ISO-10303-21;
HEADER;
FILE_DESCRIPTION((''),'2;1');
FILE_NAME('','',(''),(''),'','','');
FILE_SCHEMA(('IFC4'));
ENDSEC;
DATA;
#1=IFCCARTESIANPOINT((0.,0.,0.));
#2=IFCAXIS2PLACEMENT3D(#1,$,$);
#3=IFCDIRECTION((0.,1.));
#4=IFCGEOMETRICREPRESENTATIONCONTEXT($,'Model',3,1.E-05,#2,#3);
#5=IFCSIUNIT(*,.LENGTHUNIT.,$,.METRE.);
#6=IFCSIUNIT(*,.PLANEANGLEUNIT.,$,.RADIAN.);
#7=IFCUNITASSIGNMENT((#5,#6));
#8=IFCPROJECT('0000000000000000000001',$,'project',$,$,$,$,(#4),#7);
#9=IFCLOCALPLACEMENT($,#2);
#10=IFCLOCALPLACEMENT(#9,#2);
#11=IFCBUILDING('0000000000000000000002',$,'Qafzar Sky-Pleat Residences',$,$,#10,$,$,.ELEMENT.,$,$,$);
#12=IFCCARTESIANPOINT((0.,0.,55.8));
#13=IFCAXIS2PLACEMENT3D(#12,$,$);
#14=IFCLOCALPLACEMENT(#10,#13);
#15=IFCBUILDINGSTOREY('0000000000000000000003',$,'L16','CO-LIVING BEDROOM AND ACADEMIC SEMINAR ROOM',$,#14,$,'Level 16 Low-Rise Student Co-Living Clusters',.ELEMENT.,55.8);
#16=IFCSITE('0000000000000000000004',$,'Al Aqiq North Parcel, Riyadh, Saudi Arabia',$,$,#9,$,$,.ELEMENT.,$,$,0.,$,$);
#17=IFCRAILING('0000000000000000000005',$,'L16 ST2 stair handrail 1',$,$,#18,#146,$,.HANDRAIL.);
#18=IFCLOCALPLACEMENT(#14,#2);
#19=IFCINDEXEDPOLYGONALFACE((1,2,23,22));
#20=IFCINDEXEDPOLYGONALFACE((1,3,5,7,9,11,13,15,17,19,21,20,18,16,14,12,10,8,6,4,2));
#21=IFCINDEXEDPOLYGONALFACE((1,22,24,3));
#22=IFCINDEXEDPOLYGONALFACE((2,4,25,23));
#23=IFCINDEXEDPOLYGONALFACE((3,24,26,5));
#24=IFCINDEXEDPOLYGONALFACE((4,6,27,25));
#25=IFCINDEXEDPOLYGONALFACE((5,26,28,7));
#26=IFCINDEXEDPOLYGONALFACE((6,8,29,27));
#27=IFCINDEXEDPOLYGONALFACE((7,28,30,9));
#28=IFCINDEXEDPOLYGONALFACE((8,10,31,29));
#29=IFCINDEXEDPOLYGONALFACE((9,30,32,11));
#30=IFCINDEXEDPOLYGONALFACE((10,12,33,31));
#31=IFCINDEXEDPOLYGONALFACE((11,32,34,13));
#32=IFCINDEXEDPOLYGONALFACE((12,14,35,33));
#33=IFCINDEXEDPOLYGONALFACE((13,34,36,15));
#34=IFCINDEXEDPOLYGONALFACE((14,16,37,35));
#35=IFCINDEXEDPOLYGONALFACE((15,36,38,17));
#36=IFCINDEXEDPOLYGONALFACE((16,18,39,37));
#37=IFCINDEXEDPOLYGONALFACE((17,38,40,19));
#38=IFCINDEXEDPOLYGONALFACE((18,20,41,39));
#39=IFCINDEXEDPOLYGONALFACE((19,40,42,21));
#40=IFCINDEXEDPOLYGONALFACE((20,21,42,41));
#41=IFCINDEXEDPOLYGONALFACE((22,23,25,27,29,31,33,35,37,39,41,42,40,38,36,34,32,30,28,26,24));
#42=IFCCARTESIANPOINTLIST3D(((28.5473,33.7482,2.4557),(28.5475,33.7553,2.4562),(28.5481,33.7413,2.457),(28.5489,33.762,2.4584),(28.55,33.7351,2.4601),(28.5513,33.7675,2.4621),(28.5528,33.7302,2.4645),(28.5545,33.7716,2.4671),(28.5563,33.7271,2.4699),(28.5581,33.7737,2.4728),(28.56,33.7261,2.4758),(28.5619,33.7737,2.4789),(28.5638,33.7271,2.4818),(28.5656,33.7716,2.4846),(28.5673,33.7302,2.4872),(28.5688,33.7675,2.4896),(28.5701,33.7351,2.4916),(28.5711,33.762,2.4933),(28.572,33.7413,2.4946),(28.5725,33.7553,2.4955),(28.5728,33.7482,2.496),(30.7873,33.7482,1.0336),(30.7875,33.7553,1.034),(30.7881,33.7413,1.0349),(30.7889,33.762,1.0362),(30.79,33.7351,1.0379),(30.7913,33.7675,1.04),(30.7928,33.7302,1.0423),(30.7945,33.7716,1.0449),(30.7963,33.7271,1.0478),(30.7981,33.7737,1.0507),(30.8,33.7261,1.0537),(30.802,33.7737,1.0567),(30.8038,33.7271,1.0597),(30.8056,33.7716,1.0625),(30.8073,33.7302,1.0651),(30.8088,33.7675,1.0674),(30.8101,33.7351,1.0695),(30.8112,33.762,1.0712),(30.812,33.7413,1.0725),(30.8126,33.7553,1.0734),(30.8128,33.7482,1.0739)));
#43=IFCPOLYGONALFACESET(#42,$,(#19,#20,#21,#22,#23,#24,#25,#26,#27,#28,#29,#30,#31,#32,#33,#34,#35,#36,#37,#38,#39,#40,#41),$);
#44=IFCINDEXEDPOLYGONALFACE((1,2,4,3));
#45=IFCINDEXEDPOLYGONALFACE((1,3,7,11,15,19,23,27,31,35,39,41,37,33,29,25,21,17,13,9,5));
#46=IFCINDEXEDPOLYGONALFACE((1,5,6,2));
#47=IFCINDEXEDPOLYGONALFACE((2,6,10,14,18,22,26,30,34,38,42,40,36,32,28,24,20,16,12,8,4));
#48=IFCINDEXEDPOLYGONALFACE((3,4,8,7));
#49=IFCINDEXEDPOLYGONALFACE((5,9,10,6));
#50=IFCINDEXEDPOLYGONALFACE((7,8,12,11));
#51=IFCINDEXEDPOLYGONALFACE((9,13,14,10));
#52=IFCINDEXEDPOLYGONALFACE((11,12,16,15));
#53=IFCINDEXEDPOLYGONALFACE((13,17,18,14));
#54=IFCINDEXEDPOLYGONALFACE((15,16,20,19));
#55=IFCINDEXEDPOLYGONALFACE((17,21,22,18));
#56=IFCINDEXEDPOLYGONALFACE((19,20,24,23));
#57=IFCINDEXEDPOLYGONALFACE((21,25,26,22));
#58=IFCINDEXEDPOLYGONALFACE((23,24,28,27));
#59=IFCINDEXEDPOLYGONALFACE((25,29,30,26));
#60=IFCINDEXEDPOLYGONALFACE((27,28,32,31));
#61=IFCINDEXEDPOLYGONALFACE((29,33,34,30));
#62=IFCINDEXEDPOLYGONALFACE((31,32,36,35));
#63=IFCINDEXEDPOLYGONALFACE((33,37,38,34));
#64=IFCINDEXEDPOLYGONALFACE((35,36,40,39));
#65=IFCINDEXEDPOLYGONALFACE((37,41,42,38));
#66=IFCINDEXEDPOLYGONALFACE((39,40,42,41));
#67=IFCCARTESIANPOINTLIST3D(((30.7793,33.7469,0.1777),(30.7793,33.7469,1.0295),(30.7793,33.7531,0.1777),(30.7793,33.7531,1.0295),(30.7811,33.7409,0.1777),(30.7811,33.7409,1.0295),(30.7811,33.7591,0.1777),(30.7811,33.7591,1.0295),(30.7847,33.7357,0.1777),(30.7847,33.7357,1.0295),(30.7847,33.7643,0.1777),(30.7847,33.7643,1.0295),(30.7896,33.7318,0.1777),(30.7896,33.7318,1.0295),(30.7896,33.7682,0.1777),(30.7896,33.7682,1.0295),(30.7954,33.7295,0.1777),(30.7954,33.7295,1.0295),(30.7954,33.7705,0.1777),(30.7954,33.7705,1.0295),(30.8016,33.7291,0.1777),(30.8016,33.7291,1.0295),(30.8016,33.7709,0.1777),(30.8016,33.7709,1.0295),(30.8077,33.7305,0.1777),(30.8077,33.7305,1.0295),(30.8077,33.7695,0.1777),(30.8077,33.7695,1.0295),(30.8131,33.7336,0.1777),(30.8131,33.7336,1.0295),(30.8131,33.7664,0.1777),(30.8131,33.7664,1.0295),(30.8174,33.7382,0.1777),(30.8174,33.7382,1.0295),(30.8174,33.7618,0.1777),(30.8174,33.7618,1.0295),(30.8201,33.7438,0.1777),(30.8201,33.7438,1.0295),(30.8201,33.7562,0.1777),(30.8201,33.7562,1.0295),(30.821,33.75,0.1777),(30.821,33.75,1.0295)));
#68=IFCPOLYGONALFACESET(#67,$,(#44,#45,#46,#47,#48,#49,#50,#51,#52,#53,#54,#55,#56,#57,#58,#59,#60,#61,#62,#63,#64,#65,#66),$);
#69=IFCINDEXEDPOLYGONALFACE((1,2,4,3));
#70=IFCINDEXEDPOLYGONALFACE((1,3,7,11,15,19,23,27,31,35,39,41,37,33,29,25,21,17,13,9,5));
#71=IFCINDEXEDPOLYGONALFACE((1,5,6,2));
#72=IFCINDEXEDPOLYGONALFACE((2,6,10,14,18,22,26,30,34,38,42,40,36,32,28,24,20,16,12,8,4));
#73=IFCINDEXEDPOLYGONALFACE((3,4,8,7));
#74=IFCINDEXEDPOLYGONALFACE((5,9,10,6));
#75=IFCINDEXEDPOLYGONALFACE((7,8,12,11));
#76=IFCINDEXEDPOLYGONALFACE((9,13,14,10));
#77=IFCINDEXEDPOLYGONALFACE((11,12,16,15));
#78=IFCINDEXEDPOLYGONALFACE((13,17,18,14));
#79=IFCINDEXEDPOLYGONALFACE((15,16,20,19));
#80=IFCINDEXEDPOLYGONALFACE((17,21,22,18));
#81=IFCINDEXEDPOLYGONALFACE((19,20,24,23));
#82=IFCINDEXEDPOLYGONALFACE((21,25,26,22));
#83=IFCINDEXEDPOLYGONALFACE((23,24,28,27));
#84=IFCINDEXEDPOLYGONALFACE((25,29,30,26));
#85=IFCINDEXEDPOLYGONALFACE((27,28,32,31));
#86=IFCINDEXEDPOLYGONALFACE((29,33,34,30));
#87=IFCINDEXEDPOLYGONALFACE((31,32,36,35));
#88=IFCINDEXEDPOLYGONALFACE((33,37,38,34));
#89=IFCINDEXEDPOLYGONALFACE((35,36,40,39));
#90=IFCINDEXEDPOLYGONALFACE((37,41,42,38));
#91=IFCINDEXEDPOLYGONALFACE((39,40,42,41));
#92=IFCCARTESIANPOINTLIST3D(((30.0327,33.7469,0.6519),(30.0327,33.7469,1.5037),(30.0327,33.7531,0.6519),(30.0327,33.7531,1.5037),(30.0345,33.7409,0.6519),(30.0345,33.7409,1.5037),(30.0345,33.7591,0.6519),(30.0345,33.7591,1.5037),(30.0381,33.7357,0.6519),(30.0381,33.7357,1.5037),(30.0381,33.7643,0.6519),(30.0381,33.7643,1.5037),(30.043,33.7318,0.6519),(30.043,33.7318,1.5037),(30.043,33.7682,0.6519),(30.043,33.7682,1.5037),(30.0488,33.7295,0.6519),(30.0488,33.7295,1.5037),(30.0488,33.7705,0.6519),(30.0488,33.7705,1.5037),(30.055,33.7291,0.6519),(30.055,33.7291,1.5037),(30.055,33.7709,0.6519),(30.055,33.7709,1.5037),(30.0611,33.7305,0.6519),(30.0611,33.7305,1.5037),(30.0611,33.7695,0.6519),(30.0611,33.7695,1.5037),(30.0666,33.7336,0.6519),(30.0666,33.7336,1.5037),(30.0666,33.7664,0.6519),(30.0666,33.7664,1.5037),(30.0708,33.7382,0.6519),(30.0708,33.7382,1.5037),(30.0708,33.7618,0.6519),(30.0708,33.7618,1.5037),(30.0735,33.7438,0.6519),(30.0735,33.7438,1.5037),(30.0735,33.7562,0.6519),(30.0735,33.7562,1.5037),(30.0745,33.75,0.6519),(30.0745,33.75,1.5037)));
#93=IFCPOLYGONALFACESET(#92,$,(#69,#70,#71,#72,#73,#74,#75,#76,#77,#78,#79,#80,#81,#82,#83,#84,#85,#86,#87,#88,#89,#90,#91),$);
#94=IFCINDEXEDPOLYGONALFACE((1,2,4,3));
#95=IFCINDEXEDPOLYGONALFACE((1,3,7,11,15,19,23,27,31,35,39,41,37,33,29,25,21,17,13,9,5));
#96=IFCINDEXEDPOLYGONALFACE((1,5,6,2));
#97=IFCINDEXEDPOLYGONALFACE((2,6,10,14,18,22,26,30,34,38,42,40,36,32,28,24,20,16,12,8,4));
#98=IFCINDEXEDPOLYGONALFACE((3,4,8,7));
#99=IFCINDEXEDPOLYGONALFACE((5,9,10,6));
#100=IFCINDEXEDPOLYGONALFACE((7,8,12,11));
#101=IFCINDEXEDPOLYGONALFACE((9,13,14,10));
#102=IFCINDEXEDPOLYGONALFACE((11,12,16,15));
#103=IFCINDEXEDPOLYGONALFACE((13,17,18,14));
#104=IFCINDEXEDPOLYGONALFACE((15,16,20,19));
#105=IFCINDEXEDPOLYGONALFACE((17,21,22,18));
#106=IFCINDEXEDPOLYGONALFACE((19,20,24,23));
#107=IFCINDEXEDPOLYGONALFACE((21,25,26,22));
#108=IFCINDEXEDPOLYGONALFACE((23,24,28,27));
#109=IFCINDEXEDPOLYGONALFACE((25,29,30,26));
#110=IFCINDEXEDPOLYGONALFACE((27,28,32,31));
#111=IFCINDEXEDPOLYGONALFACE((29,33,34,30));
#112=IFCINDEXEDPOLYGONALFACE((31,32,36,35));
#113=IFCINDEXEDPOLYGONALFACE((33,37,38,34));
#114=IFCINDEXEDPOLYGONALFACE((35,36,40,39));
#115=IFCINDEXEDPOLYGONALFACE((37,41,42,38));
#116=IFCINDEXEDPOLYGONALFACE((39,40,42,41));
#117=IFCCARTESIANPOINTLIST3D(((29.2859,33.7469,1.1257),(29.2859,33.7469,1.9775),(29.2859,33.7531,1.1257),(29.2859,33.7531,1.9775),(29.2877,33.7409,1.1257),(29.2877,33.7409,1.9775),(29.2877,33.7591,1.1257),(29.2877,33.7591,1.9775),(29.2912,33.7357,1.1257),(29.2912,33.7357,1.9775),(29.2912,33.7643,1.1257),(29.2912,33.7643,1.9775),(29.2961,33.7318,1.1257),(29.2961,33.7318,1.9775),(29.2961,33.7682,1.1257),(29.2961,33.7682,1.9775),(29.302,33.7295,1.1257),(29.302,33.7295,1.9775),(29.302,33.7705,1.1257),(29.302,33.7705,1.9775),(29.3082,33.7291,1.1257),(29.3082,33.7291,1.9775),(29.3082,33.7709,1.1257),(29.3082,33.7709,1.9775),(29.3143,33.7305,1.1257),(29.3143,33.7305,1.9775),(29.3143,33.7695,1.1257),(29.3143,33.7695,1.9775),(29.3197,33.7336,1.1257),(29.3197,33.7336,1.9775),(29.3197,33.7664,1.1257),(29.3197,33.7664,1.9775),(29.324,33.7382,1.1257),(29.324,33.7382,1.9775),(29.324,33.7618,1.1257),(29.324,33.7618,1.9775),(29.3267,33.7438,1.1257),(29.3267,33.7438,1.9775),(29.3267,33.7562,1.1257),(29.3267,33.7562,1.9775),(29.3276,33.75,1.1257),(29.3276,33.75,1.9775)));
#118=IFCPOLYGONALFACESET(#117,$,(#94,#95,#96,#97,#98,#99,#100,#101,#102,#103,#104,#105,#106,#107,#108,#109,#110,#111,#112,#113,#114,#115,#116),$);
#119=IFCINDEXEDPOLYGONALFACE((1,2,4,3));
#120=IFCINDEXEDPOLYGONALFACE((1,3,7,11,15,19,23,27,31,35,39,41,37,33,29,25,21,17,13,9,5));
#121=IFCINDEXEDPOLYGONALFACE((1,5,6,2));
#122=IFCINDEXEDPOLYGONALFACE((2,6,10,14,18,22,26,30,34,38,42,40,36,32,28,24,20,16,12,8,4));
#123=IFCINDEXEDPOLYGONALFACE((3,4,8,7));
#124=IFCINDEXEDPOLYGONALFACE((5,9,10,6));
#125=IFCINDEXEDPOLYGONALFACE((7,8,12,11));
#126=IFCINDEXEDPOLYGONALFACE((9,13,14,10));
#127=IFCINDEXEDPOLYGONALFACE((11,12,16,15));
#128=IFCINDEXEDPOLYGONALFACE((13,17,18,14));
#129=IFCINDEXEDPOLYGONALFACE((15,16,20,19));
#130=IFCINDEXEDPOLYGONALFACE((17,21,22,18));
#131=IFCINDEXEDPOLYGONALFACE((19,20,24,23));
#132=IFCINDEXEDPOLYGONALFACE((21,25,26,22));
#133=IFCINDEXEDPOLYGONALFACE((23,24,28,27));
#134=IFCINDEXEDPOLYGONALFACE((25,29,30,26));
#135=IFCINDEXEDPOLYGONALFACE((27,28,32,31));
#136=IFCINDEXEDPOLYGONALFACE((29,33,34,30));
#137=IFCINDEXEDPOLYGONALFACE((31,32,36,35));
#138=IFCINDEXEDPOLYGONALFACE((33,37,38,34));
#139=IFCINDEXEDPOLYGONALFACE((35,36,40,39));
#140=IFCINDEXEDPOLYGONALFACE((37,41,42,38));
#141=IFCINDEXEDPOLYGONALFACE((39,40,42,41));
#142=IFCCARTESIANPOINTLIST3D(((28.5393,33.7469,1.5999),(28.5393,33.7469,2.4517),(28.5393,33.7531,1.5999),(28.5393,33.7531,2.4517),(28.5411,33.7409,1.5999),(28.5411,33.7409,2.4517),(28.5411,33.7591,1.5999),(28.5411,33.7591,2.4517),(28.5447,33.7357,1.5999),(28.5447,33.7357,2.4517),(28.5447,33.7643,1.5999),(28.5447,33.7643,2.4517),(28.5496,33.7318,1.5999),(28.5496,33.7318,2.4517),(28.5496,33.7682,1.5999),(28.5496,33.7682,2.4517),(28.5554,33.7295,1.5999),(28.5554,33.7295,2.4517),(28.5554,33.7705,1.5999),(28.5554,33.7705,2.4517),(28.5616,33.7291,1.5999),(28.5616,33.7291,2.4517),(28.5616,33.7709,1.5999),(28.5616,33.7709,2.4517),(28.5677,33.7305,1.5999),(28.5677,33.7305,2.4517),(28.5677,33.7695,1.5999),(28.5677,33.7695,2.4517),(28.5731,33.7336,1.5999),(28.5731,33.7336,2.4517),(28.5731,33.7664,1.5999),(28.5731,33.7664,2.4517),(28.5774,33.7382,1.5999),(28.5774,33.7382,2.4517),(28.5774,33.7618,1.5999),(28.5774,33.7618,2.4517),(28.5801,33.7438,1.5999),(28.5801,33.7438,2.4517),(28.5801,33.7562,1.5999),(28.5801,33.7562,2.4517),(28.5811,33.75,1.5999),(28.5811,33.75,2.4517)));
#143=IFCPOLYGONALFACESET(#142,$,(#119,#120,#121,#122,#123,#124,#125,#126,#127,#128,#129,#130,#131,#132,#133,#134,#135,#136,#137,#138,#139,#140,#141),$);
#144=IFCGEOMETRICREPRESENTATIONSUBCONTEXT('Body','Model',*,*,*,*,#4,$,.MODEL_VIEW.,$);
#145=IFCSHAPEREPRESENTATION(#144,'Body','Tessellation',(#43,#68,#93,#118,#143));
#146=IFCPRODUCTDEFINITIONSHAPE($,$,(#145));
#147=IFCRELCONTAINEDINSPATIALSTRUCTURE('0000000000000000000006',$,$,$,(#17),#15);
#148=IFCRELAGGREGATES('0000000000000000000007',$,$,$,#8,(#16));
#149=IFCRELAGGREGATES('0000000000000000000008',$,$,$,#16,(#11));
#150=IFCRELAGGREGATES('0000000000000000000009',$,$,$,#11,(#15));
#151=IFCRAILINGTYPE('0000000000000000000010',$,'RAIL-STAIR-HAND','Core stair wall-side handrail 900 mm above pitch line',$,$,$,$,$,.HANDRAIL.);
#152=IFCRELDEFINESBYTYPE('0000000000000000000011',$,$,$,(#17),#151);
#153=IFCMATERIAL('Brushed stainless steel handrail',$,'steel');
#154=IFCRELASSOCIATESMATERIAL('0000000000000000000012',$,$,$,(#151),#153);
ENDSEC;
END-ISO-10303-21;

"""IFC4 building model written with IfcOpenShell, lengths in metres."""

from ifc_helpers import new_model, si_unit, direction, frame, origin, origin_2d, place, context, subcontext, project, spatial, circle, extrude, source, transform, mapped, material, type_object, element, save


model = new_model("IFC4")

# Units and contexts
model_context = context("Model", 3, precision=1e-05, world=origin(), true_north=direction((0.0, 1.0)))
body_context = subcontext(model_context, "Body", "Model", "MODEL_VIEW")
ifc_project = project(units=[si_unit("LENGTHUNIT", "METRE"), si_unit("PLANEANGLEUNIT", "RADIAN")], contexts=[model_context])

# Site, building, storey
site_placement = place(None, origin())
site = spatial("IfcSite", under=ifc_project, at=site_placement, Name="Al Aqiq North Parcel, Riyadh, Saudi Arabia", CompositionType="ELEMENT", RefElevation=0.0)
building_placement = place(site_placement, origin())
building = spatial("IfcBuilding", under=site, at=building_placement, Name="Qafzar Sky-Pleat Residences", CompositionType="ELEMENT")
storey_placement = place(building_placement, frame((0.0, 0.0, 55.8)))
storey = spatial("IfcBuildingStorey", under=building, at=storey_placement, Name="L16", Description="CO-LIVING BEDROOM AND ACADEMIC SEMINAR ROOM", LongName="Level 16 Low-Rise Student Co-Living Clusters", CompositionType="ELEMENT", Elevation=55.8)

# Railing
ifc_material_1 = material(Name="Brushed stainless steel handrail", Category="steel")
railing_type_1 = type_object("IfcRailingType", Name="RAIL-STAIR-HAND", Description="Core stair wall-side handrail 900 mm above pitch line", PredefinedType="HANDRAIL", material=ifc_material_1)
shared_shape_1 = source(origin(), body_context, "Body", "SweptSolid", [
    extrude(circle(Radius=0.0239, at=origin_2d()), frame((0.0, 0.0, 0.876), z_axis=(-0.844229, 0.0, 0.535982), x_axis=(0.0, -1.0, 0.0)), (0.0, 0.0, 1.0), 2.6533),
    extrude(circle(Radius=0.021, at=origin_2d()), origin(), (0.0, 0.0, 1.0), 0.8518),
    extrude(circle(Radius=0.021, at=origin_2d()), frame((-0.7466, 0.0, 0.4741)), (0.0, 0.0, 1.0), 0.8518),
    extrude(circle(Radius=0.021, at=origin_2d()), frame((-1.4934, 0.0, 0.948)), (0.0, 0.0, 1.0), 0.8518),
    extrude(circle(Radius=0.021, at=origin_2d()), frame((-2.24, 0.0, 1.4221)), (0.0, 0.0, 1.0), 0.8518),
])
railing_1_placement = place(storey_placement, frame((30.8, 33.75, 0.1777)))
element("IfcRailing", 1, at=railing_1_placement, inside=storey, type_object=railing_type_1, Name="L16 ST2 stair handrail 1", PredefinedType="HANDRAIL", context=body_context, shape_type="MappedRepresentation", body=[
    mapped(shared_shape_1, transform((0.0, 0.0, 0.0), x_axis=(1.0, 0.0, 0.0), y_axis=(0.0, 1.0, 0.0), z_axis=(0.0, 0.0, 1.0), scale=1.0)),
])

save(model, "model.ifc")
